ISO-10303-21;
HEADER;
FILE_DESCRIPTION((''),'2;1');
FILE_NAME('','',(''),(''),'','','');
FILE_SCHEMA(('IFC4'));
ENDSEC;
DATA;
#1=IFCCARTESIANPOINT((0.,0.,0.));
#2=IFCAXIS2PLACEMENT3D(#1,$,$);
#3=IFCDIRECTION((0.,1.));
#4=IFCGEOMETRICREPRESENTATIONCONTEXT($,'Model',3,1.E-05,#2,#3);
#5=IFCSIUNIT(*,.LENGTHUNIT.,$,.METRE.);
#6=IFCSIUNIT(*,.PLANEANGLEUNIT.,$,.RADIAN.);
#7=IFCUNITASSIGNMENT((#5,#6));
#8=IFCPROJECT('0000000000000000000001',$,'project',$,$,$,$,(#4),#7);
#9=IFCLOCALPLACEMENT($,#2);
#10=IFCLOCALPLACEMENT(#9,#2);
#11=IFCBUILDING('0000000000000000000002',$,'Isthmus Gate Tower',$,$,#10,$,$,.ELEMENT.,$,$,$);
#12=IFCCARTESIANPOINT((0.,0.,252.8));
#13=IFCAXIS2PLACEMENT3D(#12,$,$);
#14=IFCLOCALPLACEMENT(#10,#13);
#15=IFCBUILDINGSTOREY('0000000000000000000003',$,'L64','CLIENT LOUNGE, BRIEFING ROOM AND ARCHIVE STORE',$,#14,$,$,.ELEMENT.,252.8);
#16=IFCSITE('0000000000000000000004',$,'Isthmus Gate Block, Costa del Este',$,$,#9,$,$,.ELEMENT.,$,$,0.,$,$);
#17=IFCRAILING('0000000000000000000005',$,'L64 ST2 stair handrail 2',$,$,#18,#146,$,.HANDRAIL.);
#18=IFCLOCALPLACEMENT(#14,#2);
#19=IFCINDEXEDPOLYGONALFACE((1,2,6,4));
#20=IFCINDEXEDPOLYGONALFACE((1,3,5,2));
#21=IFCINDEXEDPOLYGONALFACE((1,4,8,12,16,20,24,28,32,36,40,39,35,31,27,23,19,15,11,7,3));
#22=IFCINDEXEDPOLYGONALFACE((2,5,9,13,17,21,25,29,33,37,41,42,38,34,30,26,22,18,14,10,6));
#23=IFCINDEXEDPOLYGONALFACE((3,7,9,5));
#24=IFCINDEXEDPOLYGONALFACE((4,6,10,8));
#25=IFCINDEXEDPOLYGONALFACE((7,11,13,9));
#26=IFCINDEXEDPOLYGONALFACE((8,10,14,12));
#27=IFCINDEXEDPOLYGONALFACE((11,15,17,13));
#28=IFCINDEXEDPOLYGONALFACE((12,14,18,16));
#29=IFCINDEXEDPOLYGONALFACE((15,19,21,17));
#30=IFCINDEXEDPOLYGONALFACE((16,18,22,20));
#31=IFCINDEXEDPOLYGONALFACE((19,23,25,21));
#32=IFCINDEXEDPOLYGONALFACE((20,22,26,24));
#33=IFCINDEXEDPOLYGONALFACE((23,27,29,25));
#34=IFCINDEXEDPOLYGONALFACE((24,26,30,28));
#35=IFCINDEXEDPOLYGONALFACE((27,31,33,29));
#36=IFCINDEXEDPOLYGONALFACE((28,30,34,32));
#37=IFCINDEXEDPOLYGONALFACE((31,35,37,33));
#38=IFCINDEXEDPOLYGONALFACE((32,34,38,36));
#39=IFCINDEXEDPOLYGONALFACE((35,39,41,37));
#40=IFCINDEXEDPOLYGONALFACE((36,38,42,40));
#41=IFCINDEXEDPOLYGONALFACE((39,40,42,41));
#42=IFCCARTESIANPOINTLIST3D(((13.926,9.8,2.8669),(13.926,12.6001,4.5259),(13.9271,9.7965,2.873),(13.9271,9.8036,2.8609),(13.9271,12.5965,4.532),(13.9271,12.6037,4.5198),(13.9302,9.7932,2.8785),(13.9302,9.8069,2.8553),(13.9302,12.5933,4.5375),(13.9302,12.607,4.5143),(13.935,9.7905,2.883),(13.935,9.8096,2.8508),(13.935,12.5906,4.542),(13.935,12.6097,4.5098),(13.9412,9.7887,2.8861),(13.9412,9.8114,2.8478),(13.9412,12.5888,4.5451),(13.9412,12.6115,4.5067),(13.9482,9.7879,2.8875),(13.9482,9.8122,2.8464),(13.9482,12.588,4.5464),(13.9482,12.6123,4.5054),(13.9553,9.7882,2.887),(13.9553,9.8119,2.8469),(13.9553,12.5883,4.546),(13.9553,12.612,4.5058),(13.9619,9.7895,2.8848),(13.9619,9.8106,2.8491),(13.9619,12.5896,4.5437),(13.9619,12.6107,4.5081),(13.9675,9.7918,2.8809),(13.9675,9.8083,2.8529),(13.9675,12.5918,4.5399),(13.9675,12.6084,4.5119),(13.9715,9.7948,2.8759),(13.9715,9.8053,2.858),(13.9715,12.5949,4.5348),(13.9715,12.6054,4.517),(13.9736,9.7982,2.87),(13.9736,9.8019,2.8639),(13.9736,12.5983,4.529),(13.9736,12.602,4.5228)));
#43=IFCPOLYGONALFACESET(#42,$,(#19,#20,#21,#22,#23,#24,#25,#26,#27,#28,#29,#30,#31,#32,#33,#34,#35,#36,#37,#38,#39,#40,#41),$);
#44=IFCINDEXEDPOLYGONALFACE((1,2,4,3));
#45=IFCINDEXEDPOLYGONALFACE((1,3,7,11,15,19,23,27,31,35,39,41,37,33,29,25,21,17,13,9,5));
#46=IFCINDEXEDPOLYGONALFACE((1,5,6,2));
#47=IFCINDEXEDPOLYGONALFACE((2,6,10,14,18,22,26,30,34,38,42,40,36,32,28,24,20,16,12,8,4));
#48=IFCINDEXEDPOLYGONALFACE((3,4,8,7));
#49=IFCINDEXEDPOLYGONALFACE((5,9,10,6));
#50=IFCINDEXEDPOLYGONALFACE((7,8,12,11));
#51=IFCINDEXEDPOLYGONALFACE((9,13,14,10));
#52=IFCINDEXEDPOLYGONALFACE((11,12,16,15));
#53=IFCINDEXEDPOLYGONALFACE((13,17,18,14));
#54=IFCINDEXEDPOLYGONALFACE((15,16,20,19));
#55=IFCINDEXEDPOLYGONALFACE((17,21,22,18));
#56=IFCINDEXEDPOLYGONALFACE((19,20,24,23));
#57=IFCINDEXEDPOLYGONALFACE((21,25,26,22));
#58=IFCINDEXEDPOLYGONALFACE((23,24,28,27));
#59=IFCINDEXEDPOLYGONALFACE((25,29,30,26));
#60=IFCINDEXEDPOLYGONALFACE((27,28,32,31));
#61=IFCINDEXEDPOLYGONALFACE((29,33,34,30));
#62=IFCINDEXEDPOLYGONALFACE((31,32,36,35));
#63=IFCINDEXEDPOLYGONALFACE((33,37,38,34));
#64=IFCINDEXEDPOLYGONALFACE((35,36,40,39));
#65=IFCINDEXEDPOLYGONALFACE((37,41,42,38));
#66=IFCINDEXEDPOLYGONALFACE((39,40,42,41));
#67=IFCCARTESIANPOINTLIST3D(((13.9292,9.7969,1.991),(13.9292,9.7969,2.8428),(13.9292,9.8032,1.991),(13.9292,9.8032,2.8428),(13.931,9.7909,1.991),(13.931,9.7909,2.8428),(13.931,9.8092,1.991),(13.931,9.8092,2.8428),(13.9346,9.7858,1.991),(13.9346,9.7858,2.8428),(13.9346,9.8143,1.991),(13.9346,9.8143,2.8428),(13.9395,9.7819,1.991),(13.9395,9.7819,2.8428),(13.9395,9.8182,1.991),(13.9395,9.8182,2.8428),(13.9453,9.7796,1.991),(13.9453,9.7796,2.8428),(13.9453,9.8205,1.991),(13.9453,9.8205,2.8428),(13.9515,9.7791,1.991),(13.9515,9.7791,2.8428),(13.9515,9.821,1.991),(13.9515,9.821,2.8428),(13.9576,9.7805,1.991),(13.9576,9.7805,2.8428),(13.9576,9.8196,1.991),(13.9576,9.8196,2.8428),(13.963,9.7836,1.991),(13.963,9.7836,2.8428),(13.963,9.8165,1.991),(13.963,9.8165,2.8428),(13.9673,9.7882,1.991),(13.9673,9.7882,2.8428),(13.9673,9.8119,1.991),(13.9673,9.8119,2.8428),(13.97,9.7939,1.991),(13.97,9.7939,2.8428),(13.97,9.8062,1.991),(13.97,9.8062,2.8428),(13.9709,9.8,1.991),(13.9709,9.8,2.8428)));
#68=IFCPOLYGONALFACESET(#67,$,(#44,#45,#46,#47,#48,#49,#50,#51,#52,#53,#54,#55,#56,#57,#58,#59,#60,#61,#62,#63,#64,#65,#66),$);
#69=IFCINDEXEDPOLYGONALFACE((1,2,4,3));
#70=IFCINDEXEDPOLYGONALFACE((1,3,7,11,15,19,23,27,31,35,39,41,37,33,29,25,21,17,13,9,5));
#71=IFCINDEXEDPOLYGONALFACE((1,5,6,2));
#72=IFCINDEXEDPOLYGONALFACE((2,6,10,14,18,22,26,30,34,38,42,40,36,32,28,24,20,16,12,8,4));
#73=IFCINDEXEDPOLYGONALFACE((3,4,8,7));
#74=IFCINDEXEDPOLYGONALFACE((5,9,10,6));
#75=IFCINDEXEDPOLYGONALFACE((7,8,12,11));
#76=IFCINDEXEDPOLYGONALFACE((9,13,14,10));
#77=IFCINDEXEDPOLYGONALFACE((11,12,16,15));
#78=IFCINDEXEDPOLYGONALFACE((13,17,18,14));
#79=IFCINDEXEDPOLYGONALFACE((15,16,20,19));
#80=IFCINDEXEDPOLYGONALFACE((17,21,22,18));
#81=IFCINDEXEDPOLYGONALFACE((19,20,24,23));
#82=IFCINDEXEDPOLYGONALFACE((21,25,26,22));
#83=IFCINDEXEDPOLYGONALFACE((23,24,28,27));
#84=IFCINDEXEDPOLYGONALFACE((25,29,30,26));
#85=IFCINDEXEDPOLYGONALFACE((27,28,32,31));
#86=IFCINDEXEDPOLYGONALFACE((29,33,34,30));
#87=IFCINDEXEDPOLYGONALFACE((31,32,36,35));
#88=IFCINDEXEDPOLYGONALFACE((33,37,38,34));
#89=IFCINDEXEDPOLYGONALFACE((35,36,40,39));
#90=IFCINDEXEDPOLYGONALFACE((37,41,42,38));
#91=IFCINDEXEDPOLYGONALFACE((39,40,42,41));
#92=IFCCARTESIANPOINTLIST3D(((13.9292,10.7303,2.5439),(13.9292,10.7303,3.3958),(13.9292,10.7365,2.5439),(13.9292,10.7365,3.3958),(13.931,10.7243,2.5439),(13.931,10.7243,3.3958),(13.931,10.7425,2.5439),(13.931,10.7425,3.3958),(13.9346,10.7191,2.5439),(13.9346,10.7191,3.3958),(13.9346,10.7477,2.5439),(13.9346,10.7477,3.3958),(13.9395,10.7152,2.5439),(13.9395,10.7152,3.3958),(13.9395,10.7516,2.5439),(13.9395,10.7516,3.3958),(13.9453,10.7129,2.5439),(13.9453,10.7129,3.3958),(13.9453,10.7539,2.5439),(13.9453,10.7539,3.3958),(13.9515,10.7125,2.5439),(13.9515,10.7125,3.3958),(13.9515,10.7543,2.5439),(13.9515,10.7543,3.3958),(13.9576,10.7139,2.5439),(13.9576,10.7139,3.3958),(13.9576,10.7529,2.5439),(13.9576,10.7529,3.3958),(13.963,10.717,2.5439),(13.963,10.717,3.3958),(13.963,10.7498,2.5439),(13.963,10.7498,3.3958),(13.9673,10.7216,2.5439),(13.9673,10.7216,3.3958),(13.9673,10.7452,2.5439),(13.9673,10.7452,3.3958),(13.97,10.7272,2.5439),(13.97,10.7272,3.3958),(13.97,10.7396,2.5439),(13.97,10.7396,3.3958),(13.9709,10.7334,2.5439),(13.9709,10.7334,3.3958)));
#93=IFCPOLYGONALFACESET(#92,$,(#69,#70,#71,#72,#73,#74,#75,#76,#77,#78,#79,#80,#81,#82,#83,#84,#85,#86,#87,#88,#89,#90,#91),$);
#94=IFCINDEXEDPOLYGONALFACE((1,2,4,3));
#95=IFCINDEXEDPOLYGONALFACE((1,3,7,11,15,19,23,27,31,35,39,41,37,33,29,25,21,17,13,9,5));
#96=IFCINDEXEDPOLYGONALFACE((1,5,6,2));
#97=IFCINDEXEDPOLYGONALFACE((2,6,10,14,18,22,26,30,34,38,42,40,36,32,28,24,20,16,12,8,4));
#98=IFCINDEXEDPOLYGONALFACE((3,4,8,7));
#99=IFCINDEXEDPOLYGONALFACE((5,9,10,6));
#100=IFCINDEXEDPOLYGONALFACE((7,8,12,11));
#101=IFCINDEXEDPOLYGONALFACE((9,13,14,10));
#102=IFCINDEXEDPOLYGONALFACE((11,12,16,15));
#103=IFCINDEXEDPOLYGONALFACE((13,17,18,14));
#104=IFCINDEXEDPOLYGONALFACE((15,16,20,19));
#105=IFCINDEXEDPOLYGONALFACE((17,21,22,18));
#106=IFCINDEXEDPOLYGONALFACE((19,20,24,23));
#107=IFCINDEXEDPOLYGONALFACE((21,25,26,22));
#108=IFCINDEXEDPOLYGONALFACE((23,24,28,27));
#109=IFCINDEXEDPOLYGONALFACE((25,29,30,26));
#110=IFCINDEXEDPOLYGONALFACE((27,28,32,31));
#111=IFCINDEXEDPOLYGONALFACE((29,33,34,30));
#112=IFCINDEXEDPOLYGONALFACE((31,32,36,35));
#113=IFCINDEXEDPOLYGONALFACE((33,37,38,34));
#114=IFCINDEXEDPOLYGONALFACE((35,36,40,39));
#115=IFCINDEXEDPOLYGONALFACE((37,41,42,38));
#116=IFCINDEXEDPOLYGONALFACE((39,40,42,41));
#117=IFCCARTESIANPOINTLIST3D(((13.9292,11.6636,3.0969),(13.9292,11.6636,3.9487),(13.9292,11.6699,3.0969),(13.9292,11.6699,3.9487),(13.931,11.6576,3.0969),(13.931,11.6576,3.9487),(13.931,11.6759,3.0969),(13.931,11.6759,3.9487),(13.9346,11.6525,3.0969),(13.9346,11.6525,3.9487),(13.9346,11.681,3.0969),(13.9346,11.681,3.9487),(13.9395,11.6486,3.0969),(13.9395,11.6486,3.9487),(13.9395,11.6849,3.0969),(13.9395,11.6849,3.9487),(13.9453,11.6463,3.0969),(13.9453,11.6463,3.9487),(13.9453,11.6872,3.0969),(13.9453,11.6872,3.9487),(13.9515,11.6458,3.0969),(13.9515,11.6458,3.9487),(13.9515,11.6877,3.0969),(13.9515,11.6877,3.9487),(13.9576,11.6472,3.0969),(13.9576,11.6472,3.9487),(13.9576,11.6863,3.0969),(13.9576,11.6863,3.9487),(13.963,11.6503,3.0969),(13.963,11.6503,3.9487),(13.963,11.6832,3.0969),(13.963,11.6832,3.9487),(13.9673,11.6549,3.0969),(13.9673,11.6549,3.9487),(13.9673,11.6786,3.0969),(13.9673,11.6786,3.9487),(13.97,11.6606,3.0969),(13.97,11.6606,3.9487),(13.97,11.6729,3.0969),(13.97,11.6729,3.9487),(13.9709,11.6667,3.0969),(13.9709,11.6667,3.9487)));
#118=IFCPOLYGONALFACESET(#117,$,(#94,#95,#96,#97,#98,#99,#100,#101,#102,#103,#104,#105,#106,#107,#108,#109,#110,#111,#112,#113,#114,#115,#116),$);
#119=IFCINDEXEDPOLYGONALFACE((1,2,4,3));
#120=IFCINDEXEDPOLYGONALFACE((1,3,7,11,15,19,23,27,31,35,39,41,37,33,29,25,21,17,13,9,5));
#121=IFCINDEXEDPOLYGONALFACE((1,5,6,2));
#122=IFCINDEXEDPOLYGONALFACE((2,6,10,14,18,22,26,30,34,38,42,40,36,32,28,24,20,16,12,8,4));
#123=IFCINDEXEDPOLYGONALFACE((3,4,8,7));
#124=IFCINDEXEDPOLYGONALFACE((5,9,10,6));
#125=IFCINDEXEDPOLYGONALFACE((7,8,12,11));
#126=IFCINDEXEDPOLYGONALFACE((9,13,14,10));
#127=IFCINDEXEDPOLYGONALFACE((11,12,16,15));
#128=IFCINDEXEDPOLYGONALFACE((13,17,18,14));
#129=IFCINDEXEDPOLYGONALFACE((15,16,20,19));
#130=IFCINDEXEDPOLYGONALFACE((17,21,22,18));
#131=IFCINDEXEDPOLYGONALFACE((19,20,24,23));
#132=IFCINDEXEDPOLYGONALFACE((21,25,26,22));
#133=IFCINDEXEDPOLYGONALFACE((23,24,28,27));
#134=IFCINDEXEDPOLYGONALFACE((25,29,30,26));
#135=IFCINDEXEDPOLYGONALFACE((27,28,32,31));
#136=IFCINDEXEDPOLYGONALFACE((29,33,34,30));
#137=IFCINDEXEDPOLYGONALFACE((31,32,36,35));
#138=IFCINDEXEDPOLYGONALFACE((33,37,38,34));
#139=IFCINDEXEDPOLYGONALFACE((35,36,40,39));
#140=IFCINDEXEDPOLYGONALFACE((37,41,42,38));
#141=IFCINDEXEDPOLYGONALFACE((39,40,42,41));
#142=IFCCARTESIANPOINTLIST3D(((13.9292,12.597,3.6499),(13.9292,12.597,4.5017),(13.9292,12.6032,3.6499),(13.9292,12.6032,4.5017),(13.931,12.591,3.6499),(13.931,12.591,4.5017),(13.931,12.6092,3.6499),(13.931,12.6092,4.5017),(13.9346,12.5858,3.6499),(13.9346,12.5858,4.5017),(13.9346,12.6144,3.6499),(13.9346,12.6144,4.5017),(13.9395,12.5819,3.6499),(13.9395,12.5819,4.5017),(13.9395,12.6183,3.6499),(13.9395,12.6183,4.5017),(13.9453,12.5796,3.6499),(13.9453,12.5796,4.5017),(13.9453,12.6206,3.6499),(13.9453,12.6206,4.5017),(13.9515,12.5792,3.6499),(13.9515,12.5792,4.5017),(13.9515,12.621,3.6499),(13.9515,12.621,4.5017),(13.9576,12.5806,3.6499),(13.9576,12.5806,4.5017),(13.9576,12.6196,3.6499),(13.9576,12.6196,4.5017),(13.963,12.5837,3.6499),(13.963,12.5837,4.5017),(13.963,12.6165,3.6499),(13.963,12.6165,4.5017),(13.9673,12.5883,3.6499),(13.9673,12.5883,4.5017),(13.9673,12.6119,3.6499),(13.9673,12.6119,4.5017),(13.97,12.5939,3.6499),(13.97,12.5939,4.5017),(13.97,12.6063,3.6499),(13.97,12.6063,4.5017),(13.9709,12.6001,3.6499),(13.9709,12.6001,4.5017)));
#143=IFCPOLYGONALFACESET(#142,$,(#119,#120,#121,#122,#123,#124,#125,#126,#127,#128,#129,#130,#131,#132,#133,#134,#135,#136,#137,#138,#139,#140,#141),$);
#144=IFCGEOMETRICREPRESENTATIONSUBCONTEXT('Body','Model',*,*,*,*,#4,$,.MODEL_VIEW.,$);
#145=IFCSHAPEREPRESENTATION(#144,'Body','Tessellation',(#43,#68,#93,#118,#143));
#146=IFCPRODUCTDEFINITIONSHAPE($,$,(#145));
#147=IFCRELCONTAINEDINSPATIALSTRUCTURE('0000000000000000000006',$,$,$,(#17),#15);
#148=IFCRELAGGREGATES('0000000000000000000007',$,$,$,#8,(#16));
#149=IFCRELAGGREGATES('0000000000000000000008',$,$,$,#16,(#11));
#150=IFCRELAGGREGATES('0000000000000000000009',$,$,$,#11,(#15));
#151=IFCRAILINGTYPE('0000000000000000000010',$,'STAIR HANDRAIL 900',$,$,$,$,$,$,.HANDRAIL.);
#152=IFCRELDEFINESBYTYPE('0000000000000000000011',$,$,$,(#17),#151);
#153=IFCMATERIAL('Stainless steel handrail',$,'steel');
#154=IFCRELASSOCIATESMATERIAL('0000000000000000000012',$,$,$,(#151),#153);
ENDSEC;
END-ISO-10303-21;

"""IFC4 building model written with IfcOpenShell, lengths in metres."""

from ifc_helpers import new_model, si_unit, direction, frame, origin, origin_2d, place, context, subcontext, project, spatial, circle, extrude, material, type_object, element, save


model = new_model("IFC4")

# Units and contexts
model_context = context("Model", 3, precision=1e-05, world=origin(), true_north=direction((0.0, 1.0)))
body_context = subcontext(model_context, "Body", "Model", "MODEL_VIEW")
ifc_project = project(units=[si_unit("LENGTHUNIT", "METRE"), si_unit("PLANEANGLEUNIT", "RADIAN")], contexts=[model_context])

# Site, building, storey
site_placement = place(None, origin())
site = spatial("IfcSite", under=ifc_project, at=site_placement, Name="Isthmus Gate Block, Costa del Este", CompositionType="ELEMENT", RefElevation=0.0)
building_placement = place(site_placement, origin())
building = spatial("IfcBuilding", under=site, at=building_placement, Name="Isthmus Gate Tower", CompositionType="ELEMENT")
storey_placement = place(building_placement, frame((0.0, 0.0, 252.8)))
storey = spatial("IfcBuildingStorey", under=building, at=storey_placement, Name="L64", Description="CLIENT LOUNGE, BRIEFING ROOM AND ARCHIVE STORE", CompositionType="ELEMENT", Elevation=252.8)

# Railing
ifc_material_1 = material(Name="Stainless steel handrail", Category="steel")
railing_type = type_object("IfcRailingType", Name="STAIR HANDRAIL 900", PredefinedType="HANDRAIL", material=ifc_material_1)
railing_placement = place(storey_placement, frame((13.95, 9.8, 1.991)))
element("IfcRailing", 1, at=railing_placement, inside=storey, type_object=railing_type, Name="L64 ST2 stair handrail 2", PredefinedType="HANDRAIL", context=body_context, shape_type="SweptSolid", body=[
    extrude(circle(Radius=0.0239, at=origin_2d()), frame((0.0, 0.0, 0.876), z_axis=(0.0, 0.860339, 0.509722), x_axis=(-1.0, 0.0, 0.0)), (0.0, 0.0, 1.0), 3.2546),
    extrude(circle(Radius=0.021, at=origin_2d()), origin(), (0.0, 0.0, 1.0), 0.8518),
    extrude(circle(Radius=0.021, at=origin_2d()), frame((0.0, 0.9333, 0.553)), (0.0, 0.0, 1.0), 0.8518),
    extrude(circle(Radius=0.021, at=origin_2d()), frame((0.0, 1.8667, 1.106)), (0.0, 0.0, 1.0), 0.8518),
    extrude(circle(Radius=0.021, at=origin_2d()), frame((0.0, 2.8, 1.6589)), (0.0, 0.0, 1.0), 0.8518),
])

save(model, "model.ifc")
